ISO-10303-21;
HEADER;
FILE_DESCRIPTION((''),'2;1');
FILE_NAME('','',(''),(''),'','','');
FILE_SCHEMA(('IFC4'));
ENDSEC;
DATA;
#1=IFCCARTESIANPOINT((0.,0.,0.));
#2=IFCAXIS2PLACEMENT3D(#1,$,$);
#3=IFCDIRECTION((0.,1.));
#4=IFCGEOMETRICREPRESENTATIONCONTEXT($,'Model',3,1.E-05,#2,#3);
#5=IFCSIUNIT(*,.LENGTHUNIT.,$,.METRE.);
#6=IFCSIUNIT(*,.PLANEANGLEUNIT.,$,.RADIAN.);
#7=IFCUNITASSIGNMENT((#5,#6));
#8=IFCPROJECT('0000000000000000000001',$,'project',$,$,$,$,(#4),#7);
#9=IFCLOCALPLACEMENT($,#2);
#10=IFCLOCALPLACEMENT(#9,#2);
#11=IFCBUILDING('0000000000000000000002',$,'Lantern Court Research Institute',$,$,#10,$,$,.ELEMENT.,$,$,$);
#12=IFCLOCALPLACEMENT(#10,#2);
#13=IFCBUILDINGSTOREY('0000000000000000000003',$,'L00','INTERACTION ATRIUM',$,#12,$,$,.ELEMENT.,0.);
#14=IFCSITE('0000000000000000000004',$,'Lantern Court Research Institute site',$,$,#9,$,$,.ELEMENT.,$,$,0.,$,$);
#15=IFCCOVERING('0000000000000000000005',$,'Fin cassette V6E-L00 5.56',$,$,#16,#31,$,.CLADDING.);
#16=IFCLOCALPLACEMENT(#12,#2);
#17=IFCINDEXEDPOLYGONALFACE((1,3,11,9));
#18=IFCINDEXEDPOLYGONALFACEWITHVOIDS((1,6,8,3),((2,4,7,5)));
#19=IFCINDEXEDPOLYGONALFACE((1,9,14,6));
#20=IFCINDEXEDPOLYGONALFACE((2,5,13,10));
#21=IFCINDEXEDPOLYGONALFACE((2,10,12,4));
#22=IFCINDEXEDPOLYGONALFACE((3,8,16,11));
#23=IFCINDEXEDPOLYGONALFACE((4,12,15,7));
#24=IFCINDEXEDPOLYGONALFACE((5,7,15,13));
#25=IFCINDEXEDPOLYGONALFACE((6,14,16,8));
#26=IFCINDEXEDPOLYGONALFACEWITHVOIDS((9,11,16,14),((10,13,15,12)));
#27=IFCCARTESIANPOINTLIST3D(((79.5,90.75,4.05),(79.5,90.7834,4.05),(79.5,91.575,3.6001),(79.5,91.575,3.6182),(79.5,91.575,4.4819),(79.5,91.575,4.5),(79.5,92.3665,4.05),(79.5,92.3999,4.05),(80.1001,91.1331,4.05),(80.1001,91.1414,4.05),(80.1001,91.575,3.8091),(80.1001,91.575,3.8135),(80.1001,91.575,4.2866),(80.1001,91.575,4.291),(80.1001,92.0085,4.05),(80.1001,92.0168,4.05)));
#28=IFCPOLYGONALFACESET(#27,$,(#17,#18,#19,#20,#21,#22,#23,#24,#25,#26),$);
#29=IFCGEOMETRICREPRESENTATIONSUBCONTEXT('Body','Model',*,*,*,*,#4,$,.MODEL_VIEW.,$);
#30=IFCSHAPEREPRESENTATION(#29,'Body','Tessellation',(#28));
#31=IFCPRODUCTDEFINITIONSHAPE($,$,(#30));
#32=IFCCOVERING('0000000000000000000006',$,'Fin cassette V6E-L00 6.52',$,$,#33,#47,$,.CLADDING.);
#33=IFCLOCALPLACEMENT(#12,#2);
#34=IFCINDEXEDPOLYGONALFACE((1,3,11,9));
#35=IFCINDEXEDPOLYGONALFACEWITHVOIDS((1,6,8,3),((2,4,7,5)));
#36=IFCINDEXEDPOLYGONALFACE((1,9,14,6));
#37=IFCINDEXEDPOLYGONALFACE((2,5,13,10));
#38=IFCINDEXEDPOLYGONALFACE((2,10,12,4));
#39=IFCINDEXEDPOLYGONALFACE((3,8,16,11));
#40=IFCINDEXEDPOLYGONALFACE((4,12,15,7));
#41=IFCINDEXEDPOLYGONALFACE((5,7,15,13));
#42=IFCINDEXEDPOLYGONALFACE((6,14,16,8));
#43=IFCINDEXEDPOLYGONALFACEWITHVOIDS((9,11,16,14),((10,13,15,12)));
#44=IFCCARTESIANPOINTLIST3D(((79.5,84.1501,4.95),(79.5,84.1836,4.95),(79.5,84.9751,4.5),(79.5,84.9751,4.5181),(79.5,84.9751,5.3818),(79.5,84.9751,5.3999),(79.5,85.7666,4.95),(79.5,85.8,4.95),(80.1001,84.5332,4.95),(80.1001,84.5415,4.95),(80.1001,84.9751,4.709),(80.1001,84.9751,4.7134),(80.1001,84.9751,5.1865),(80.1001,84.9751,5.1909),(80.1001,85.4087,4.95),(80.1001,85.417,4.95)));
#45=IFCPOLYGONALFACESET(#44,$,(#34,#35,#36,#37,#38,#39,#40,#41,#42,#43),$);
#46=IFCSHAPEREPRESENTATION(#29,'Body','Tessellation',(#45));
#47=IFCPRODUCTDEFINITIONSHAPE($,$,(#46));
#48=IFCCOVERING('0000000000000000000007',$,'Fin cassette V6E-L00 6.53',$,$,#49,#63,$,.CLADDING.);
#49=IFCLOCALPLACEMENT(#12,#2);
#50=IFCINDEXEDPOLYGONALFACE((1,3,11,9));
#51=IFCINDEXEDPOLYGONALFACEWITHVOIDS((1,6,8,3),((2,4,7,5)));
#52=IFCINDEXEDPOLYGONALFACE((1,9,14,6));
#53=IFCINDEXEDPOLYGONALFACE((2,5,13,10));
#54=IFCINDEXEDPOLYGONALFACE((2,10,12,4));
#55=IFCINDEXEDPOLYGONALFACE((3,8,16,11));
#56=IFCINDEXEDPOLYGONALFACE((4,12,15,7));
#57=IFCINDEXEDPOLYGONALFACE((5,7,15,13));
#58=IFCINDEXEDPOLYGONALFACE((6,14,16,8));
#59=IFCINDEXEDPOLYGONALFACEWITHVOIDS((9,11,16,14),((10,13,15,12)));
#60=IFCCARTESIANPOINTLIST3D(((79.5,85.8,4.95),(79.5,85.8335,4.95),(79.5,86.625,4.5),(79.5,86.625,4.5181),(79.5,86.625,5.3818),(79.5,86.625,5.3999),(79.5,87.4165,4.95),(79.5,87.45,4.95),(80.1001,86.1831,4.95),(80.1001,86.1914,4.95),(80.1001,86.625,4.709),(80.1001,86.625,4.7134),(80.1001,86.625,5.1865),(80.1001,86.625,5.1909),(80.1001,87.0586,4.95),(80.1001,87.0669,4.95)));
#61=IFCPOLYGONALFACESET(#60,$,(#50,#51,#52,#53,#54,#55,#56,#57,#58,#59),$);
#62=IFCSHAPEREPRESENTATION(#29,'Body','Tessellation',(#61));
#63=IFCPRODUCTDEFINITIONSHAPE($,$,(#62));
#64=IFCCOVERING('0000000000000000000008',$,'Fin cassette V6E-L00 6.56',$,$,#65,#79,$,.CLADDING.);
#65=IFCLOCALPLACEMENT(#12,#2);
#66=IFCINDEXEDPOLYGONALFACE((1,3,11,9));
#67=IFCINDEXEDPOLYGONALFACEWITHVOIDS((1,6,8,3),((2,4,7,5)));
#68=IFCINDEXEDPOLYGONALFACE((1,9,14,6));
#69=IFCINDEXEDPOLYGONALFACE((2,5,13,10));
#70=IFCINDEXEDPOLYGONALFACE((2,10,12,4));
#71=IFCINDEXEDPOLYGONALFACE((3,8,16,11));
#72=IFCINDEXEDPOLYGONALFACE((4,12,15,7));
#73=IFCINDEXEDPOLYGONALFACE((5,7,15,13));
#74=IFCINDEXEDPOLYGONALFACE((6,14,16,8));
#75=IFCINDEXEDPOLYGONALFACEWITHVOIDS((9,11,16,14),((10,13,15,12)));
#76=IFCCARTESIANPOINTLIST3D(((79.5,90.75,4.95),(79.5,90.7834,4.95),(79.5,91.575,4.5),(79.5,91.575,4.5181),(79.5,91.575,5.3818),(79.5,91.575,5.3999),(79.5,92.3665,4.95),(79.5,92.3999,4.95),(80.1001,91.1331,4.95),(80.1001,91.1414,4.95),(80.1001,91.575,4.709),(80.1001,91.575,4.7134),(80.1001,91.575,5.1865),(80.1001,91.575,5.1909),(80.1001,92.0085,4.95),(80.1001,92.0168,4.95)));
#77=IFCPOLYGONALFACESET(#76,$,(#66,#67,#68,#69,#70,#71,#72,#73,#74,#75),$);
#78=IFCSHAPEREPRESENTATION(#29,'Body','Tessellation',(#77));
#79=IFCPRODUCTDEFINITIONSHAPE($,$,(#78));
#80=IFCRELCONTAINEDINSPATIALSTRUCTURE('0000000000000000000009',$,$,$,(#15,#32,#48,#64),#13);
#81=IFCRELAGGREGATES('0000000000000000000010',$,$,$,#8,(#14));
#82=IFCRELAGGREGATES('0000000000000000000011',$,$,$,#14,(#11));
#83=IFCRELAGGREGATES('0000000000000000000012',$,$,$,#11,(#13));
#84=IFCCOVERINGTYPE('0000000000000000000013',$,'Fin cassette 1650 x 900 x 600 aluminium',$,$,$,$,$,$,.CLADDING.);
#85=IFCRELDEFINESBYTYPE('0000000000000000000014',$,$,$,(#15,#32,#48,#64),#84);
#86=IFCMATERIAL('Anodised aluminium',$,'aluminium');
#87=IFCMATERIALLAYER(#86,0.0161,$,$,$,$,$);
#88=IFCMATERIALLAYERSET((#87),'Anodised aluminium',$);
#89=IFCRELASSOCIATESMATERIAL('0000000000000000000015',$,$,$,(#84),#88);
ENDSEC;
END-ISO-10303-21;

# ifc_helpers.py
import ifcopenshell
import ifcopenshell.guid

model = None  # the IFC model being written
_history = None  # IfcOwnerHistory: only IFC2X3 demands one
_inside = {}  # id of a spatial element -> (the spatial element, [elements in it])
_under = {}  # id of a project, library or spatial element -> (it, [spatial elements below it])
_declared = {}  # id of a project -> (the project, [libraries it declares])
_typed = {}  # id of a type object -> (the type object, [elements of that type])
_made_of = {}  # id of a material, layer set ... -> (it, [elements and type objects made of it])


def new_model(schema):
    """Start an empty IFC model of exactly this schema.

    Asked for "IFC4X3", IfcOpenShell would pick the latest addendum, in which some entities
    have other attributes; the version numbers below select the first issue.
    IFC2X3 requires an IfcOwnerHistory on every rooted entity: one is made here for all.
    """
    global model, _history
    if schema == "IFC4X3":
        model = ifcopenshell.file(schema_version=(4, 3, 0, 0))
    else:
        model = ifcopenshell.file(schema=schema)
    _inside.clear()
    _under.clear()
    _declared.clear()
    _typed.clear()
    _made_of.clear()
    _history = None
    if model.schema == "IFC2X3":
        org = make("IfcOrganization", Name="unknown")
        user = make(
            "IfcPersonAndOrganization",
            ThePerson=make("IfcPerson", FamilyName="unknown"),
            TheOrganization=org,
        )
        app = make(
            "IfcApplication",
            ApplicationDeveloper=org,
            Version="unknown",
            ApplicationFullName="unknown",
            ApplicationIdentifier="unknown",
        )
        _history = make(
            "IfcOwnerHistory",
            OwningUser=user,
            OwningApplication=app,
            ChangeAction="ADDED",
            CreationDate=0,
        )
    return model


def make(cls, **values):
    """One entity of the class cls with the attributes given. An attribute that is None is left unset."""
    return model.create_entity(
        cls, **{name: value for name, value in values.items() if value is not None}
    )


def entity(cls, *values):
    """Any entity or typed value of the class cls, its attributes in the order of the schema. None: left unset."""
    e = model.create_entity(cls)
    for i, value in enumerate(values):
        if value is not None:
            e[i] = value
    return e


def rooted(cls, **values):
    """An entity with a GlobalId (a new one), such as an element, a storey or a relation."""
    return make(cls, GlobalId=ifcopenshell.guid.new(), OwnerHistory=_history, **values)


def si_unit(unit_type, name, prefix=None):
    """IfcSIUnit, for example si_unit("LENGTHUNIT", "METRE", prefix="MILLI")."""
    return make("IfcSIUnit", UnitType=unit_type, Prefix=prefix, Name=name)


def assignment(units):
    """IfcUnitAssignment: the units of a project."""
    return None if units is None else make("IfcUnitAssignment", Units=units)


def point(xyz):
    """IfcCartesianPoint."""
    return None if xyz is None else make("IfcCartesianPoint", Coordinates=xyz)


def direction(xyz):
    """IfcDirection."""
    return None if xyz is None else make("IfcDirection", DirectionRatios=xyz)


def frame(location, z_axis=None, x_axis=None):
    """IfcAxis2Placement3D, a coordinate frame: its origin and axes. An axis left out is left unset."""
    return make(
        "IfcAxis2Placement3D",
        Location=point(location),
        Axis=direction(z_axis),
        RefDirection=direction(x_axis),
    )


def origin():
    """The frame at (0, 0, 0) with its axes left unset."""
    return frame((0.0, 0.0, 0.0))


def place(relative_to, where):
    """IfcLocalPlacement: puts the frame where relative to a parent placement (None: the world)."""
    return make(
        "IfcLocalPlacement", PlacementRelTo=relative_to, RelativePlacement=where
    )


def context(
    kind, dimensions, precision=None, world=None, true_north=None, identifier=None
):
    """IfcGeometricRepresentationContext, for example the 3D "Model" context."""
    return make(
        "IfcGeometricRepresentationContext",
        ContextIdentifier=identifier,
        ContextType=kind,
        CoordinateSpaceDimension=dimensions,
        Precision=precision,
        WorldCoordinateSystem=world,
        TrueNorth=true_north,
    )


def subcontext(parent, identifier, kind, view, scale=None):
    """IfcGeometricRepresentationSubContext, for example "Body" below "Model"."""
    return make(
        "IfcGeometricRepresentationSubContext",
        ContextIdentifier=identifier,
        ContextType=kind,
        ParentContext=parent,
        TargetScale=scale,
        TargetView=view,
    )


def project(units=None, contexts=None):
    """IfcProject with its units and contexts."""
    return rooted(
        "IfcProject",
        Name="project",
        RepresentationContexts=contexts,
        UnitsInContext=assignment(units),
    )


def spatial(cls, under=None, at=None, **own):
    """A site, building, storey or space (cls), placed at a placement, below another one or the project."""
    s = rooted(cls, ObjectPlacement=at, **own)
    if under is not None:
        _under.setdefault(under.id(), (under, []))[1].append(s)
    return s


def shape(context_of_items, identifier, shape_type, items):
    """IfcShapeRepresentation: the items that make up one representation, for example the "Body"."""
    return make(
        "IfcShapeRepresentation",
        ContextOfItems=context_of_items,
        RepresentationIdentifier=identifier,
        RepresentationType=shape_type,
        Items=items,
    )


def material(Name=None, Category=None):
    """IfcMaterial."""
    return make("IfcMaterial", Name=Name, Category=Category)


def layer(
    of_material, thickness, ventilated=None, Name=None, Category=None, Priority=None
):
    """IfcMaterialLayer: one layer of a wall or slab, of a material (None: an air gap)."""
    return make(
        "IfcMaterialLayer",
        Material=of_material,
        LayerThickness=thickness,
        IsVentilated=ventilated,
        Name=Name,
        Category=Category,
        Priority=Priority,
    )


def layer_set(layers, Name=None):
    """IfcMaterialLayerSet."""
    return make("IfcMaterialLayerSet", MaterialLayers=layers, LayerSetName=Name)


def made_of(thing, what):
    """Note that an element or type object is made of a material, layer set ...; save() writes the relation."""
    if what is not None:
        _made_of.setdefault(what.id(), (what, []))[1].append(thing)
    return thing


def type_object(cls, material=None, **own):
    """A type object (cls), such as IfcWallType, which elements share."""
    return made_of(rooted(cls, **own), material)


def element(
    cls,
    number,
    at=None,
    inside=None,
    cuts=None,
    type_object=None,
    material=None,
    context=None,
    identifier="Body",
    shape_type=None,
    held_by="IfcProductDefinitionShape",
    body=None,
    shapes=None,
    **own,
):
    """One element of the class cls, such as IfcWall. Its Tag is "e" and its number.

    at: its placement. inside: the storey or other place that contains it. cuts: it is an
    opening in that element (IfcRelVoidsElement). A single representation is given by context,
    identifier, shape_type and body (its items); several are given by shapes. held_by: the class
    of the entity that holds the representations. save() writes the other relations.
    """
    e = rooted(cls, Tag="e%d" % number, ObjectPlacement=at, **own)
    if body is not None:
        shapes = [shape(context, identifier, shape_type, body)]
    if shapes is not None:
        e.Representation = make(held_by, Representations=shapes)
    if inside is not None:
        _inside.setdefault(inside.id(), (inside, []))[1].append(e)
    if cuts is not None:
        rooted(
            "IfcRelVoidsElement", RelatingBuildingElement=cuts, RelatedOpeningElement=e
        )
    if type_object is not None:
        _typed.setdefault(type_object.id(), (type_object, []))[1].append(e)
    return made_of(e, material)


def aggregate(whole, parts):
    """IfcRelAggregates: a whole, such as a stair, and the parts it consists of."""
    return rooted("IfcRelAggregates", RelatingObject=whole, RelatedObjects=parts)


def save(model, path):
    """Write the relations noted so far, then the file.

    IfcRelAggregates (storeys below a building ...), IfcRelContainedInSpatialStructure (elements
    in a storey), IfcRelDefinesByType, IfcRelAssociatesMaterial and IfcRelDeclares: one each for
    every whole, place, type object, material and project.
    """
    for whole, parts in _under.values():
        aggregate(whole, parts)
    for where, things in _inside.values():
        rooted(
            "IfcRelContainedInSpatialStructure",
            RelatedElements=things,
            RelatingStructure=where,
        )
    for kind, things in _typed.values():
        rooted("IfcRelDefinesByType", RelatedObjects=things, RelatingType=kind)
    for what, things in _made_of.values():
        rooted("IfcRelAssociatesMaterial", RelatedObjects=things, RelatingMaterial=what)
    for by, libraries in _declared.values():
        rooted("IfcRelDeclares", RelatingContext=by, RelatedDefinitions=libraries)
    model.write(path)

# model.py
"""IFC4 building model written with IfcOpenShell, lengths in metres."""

from ifc_helpers import new_model, entity, si_unit, direction, frame, origin, place, context, subcontext, project, spatial, material, layer, layer_set, type_object, element, save


model = new_model("IFC4")

# Units and contexts
model_context = context("Model", 3, precision=1e-05, world=origin(), true_north=direction((0.0, 1.0)))
body_context = subcontext(model_context, "Body", "Model", "MODEL_VIEW")
ifc_project = project(units=[si_unit("LENGTHUNIT", "METRE"), si_unit("PLANEANGLEUNIT", "RADIAN")], contexts=[model_context])

# Site, building, storey
site_placement = place(None, origin())
site = spatial("IfcSite", under=ifc_project, at=site_placement, Name="Lantern Court Research Institute site", CompositionType="ELEMENT", RefElevation=0.0)
building_placement = place(site_placement, origin())
building = spatial("IfcBuilding", under=site, at=building_placement, Name="Lantern Court Research Institute", CompositionType="ELEMENT")
storey_placement = place(building_placement, origin())
storey = spatial("IfcBuildingStorey", under=building, at=storey_placement, Name="L00", Description="INTERACTION ATRIUM", CompositionType="ELEMENT", Elevation=0.0)

# Coverings
ifc_material_1 = material(Name="Anodised aluminium", Category="aluminium")
ifc_layer_1 = layer(ifc_material_1, 0.0161)
ifc_layer_set_1 = layer_set([ifc_layer_1], Name="Anodised aluminium")
covering_type_1 = type_object("IfcCoveringType", Name="Fin cassette 1650 x 900 x 600 aluminium", PredefinedType="CLADDING", material=ifc_layer_set_1)
covering_1_placement = place(storey_placement, frame((79.5, 91.575, 4.05), z_axis=(1.0, 0.0, 0.0), x_axis=(0.0, 1.0, 0.0)))
cartesian_point_1 = entity("IfcCartesianPoint", [0.825, 0.0])
cartesian_point_2 = entity("IfcCartesianPoint", [0.7915, 0.0])
cartesian_point_3 = entity("IfcCartesianPoint", [0.4419, 0.0])
cartesian_point_4 = entity("IfcCartesianPoint", [0.4336, 0.0])
element("IfcCovering", 1, at=covering_1_placement, inside=storey, type_object=covering_type_1, Name="Fin cassette V6E-L00 5.56", PredefinedType="CLADDING", context=body_context, shape_type="SweptSolid", body=[
    entity("IfcExtrudedAreaSolidTapered", entity("IfcArbitraryProfileDefWithVoids", "AREA", None, entity("IfcPolyline", [cartesian_point_1, entity("IfcCartesianPoint", [0.0, 0.45]), entity("IfcCartesianPoint", [-0.825, 0.0]), entity("IfcCartesianPoint", [0.0, -0.45]), cartesian_point_1]), [entity("IfcPolyline", [cartesian_point_2, entity("IfcCartesianPoint", [0.0, 0.4319]), entity("IfcCartesianPoint", [-0.7915, 0.0]), entity("IfcCartesianPoint", [0.0, -0.4319]), cartesian_point_2])]), entity("IfcAxis2Placement3D", entity("IfcCartesianPoint", [0.0, 0.0, 0.0])), entity("IfcDirection", [0.0, 0.0, 1.0]), 0.6001, entity("IfcArbitraryProfileDefWithVoids", "AREA", None, entity("IfcPolyline", [cartesian_point_3, entity("IfcCartesianPoint", [0.0, 0.241]), entity("IfcCartesianPoint", [-0.4419, 0.0]), entity("IfcCartesianPoint", [0.0, -0.241]), cartesian_point_3]), [entity("IfcPolyline", [cartesian_point_4, entity("IfcCartesianPoint", [0.0, 0.2366]), entity("IfcCartesianPoint", [-0.4336, 0.0]), entity("IfcCartesianPoint", [0.0, -0.2366]), cartesian_point_4])])),
])
covering_2_placement = place(storey_placement, frame((79.5, 84.9751, 4.95), z_axis=(1.0, 0.0, 0.0), x_axis=(0.0, 1.0, 0.0)))
cartesian_point_5 = entity("IfcCartesianPoint", [0.825, 0.0])
cartesian_point_6 = entity("IfcCartesianPoint", [0.7915, 0.0])
cartesian_point_7 = entity("IfcCartesianPoint", [0.4419, 0.0])
cartesian_point_8 = entity("IfcCartesianPoint", [0.4336, 0.0])
element("IfcCovering", 2, at=covering_2_placement, inside=storey, type_object=covering_type_1, Name="Fin cassette V6E-L00 6.52", PredefinedType="CLADDING", context=body_context, shape_type="SweptSolid", body=[
    entity("IfcExtrudedAreaSolidTapered", entity("IfcArbitraryProfileDefWithVoids", "AREA", None, entity("IfcPolyline", [cartesian_point_5, entity("IfcCartesianPoint", [0.0, 0.45]), entity("IfcCartesianPoint", [-0.825, 0.0]), entity("IfcCartesianPoint", [0.0, -0.45]), cartesian_point_5]), [entity("IfcPolyline", [cartesian_point_6, entity("IfcCartesianPoint", [0.0, 0.4319]), entity("IfcCartesianPoint", [-0.7915, 0.0]), entity("IfcCartesianPoint", [0.0, -0.4319]), cartesian_point_6])]), entity("IfcAxis2Placement3D", entity("IfcCartesianPoint", [0.0, 0.0, 0.0])), entity("IfcDirection", [0.0, 0.0, 1.0]), 0.6001, entity("IfcArbitraryProfileDefWithVoids", "AREA", None, entity("IfcPolyline", [cartesian_point_7, entity("IfcCartesianPoint", [0.0, 0.241]), entity("IfcCartesianPoint", [-0.4419, 0.0]), entity("IfcCartesianPoint", [0.0, -0.241]), cartesian_point_7]), [entity("IfcPolyline", [cartesian_point_8, entity("IfcCartesianPoint", [0.0, 0.2366]), entity("IfcCartesianPoint", [-0.4336, 0.0]), entity("IfcCartesianPoint", [0.0, -0.2366]), cartesian_point_8])])),
])
covering_3_placement = place(storey_placement, frame((79.5, 86.625, 4.95), z_axis=(1.0, 0.0, 0.0), x_axis=(0.0, 1.0, 0.0)))
cartesian_point_9 = entity("IfcCartesianPoint", [0.825, 0.0])
cartesian_point_10 = entity("IfcCartesianPoint", [0.7915, 0.0])
cartesian_point_11 = entity("IfcCartesianPoint", [0.4419, 0.0])
cartesian_point_12 = entity("IfcCartesianPoint", [0.4336, 0.0])
element("IfcCovering", 3, at=covering_3_placement, inside=storey, type_object=covering_type_1, Name="Fin cassette V6E-L00 6.53", PredefinedType="CLADDING", context=body_context, shape_type="SweptSolid", body=[
    entity("IfcExtrudedAreaSolidTapered", entity("IfcArbitraryProfileDefWithVoids", "AREA", None, entity("IfcPolyline", [cartesian_point_9, entity("IfcCartesianPoint", [0.0, 0.45]), entity("IfcCartesianPoint", [-0.825, 0.0]), entity("IfcCartesianPoint", [0.0, -0.45]), cartesian_point_9]), [entity("IfcPolyline", [cartesian_point_10, entity("IfcCartesianPoint", [0.0, 0.4319]), entity("IfcCartesianPoint", [-0.7915, 0.0]), entity("IfcCartesianPoint", [0.0, -0.4319]), cartesian_point_10])]), entity("IfcAxis2Placement3D", entity("IfcCartesianPoint", [0.0, 0.0, 0.0])), entity("IfcDirection", [0.0, 0.0, 1.0]), 0.6001, entity("IfcArbitraryProfileDefWithVoids", "AREA", None, entity("IfcPolyline", [cartesian_point_11, entity("IfcCartesianPoint", [0.0, 0.241]), entity("IfcCartesianPoint", [-0.4419, 0.0]), entity("IfcCartesianPoint", [0.0, -0.241]), cartesian_point_11]), [entity("IfcPolyline", [cartesian_point_12, entity("IfcCartesianPoint", [0.0, 0.2366]), entity("IfcCartesianPoint", [-0.4336, 0.0]), entity("IfcCartesianPoint", [0.0, -0.2366]), cartesian_point_12])])),
])
covering_4_placement = place(storey_placement, frame((79.5, 91.575, 4.95), z_axis=(1.0, 0.0, 0.0), x_axis=(0.0, 1.0, 0.0)))
cartesian_point_13 = entity("IfcCartesianPoint", [0.825, 0.0])
cartesian_point_14 = entity("IfcCartesianPoint", [0.7915, 0.0])
cartesian_point_15 = entity("IfcCartesianPoint", [0.4419, 0.0])
cartesian_point_16 = entity("IfcCartesianPoint", [0.4336, 0.0])
element("IfcCovering", 4, at=covering_4_placement, inside=storey, type_object=covering_type_1, Name="Fin cassette V6E-L00 6.56", PredefinedType="CLADDING", context=body_context, shape_type="SweptSolid", body=[
    entity("IfcExtrudedAreaSolidTapered", entity("IfcArbitraryProfileDefWithVoids", "AREA", None, entity("IfcPolyline", [cartesian_point_13, entity("IfcCartesianPoint", [0.0, 0.45]), entity("IfcCartesianPoint", [-0.825, 0.0]), entity("IfcCartesianPoint", [0.0, -0.45]), cartesian_point_13]), [entity("IfcPolyline", [cartesian_point_14, entity("IfcCartesianPoint", [0.0, 0.4319]), entity("IfcCartesianPoint", [-0.7915, 0.0]), entity("IfcCartesianPoint", [0.0, -0.4319]), cartesian_point_14])]), entity("IfcAxis2Placement3D", entity("IfcCartesianPoint", [0.0, 0.0, 0.0])), entity("IfcDirection", [0.0, 0.0, 1.0]), 0.6001, entity("IfcArbitraryProfileDefWithVoids", "AREA", None, entity("IfcPolyline", [cartesian_point_15, entity("IfcCartesianPoint", [0.0, 0.241]), entity("IfcCartesianPoint", [-0.4419, 0.0]), entity("IfcCartesianPoint", [0.0, -0.241]), cartesian_point_15]), [entity("IfcPolyline", [cartesian_point_16, entity("IfcCartesianPoint", [0.0, 0.2366]), entity("IfcCartesianPoint", [-0.4336, 0.0]), entity("IfcCartesianPoint", [0.0, -0.2366]), cartesian_point_16])])),
])

save(model, "model.ifc")
